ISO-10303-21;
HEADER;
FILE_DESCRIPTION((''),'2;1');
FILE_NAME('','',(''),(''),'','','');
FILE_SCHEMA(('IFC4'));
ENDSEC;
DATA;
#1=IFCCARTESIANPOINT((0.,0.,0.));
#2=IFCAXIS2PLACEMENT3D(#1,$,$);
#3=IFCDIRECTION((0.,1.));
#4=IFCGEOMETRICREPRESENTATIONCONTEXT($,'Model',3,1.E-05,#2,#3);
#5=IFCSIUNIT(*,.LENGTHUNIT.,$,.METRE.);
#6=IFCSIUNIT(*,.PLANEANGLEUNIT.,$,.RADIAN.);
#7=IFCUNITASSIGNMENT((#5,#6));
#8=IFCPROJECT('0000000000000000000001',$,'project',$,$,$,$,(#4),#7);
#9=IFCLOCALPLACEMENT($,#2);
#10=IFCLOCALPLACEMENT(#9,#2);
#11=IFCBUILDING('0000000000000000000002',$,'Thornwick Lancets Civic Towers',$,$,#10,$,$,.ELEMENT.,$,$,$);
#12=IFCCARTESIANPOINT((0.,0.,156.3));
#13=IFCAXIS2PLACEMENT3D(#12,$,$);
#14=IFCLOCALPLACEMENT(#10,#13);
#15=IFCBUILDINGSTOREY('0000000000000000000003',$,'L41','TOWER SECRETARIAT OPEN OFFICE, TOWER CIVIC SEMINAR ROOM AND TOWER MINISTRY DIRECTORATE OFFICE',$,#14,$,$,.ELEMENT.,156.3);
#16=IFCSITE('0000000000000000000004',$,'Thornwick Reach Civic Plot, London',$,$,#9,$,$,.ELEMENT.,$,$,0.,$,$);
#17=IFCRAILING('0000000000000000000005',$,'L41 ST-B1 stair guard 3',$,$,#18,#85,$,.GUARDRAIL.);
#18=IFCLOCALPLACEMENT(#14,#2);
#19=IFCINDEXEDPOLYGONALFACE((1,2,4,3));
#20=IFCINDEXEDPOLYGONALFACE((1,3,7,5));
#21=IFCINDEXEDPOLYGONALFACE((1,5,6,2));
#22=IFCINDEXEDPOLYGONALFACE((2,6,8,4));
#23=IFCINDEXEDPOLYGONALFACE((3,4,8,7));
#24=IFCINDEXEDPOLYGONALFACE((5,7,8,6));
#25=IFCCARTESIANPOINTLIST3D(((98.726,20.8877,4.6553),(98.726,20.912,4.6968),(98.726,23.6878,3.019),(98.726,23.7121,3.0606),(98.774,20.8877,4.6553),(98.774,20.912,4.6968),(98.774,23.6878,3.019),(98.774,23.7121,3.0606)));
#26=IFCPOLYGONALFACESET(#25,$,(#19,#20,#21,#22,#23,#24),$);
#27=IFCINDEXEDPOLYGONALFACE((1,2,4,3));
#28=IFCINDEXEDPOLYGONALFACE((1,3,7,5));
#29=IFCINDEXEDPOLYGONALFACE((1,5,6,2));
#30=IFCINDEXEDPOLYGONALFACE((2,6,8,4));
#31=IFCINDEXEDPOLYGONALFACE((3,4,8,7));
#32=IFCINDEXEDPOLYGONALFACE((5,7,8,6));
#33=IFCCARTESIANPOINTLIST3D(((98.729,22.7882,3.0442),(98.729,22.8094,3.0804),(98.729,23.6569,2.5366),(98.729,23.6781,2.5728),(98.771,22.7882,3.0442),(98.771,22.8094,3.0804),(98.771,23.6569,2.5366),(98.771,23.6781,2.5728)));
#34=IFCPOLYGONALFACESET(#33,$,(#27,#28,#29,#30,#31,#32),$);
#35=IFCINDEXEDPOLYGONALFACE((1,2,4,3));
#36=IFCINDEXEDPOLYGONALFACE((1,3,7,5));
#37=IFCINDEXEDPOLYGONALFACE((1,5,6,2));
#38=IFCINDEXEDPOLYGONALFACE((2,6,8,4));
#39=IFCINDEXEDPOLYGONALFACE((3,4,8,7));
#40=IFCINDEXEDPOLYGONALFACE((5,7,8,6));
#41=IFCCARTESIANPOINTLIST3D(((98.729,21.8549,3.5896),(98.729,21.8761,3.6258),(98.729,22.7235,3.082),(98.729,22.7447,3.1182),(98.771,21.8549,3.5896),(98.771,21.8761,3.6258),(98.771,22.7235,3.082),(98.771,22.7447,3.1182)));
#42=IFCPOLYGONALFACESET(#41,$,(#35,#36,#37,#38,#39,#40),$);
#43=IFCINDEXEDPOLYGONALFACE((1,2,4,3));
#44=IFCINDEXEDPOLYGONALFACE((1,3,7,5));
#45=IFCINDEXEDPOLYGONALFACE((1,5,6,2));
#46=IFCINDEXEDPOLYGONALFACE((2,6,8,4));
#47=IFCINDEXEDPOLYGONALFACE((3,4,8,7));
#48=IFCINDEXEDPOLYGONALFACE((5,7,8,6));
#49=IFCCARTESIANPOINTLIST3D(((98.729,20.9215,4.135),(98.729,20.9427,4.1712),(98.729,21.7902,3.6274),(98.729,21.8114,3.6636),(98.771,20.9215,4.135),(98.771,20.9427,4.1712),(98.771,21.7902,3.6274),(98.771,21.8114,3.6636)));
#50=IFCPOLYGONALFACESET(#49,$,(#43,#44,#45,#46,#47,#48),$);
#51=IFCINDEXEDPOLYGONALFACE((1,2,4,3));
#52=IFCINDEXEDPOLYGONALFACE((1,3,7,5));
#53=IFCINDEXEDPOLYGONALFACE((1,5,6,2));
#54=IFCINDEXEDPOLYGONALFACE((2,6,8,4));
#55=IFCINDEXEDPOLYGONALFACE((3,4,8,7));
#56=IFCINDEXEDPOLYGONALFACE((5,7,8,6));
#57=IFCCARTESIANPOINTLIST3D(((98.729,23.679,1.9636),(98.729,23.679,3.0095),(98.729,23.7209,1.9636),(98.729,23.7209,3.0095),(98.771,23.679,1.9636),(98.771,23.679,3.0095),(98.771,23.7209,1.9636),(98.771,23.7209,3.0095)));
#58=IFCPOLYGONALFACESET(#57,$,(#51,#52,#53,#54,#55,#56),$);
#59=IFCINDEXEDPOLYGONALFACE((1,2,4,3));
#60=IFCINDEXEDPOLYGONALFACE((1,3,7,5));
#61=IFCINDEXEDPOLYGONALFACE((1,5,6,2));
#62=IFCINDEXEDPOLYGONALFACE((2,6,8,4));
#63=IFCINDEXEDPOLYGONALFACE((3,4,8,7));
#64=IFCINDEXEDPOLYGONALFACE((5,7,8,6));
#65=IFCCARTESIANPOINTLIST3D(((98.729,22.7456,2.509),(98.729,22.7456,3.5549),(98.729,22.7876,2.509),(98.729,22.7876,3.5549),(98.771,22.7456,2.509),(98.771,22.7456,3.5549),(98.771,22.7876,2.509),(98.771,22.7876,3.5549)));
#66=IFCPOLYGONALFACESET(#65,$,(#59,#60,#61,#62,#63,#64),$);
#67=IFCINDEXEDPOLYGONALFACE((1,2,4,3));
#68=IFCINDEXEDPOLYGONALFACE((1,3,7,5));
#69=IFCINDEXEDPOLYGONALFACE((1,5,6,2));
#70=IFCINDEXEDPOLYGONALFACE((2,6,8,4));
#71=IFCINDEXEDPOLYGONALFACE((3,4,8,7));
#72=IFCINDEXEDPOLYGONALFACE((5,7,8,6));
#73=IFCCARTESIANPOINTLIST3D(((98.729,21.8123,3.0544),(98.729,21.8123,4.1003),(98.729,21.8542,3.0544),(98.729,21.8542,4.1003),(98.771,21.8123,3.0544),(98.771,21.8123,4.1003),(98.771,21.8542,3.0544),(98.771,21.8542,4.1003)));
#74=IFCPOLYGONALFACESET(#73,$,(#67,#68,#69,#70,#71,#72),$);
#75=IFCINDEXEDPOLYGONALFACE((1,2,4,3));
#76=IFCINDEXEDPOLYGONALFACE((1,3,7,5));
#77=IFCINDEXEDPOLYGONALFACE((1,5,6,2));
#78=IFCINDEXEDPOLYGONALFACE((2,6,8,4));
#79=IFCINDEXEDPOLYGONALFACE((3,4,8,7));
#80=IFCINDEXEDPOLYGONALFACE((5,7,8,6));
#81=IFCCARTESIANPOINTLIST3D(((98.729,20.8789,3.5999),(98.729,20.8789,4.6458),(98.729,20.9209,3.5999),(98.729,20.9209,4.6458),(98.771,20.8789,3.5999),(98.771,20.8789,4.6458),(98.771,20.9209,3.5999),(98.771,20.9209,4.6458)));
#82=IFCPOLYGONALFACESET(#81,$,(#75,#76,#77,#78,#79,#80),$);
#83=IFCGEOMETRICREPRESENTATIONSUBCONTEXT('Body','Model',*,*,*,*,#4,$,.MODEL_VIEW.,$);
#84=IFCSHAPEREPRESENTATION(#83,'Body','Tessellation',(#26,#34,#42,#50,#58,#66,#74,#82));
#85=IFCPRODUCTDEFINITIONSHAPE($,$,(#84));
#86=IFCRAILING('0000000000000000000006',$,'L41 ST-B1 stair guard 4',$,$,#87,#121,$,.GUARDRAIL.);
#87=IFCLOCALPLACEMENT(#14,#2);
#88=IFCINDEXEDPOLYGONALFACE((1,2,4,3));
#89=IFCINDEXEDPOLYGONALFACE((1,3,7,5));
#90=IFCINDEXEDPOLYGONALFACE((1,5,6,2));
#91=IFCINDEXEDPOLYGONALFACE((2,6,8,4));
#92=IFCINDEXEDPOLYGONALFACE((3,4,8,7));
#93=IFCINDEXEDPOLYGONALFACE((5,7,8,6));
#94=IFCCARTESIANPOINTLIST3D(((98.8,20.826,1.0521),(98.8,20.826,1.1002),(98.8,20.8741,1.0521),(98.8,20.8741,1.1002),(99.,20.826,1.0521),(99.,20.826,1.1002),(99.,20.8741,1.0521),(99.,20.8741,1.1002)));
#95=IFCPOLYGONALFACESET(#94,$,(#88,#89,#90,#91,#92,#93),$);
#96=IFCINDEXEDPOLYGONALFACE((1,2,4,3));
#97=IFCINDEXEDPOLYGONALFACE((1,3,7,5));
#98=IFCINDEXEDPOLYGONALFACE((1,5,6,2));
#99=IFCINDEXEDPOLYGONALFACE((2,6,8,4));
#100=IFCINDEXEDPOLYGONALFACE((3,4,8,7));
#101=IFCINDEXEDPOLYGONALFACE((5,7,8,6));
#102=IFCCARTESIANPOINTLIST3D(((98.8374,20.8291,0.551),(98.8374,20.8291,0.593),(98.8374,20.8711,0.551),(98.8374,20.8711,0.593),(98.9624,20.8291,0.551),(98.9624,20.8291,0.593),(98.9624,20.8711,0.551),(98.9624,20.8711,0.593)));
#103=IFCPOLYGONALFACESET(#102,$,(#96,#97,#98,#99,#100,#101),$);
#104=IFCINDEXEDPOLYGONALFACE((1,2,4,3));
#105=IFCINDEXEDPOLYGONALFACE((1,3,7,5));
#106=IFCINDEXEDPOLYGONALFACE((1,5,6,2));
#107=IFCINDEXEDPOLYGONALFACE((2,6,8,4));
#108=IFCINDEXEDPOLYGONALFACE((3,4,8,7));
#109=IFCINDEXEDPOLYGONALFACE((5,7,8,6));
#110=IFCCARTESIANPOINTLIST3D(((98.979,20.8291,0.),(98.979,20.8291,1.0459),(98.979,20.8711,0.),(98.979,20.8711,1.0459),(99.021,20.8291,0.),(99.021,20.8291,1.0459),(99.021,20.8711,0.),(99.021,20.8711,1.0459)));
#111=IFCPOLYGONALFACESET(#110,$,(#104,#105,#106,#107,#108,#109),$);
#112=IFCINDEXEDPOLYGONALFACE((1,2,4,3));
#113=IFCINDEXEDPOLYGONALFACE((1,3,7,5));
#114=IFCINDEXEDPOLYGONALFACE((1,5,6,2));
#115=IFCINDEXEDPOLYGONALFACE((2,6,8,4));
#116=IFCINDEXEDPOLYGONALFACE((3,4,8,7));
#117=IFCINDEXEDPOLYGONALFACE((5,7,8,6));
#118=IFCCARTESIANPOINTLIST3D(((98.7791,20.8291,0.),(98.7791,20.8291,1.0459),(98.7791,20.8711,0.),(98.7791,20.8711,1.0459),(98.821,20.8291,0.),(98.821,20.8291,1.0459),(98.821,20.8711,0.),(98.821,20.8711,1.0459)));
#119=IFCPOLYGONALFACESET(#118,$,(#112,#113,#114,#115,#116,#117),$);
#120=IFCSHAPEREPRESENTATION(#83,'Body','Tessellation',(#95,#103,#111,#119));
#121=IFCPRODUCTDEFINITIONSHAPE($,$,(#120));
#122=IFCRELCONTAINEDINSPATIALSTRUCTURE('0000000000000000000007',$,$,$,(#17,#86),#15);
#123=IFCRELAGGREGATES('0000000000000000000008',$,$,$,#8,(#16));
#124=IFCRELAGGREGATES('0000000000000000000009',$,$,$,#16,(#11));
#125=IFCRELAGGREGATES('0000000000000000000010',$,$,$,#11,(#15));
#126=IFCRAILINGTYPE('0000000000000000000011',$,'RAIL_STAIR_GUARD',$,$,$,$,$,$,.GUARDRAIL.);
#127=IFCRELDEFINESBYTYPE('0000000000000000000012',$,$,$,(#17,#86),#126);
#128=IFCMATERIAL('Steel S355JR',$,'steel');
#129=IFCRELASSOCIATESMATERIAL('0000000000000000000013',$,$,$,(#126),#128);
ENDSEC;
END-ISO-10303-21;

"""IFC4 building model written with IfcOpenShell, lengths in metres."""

from ifc_helpers import new_model, si_unit, direction, frame, origin, origin_2d, place, context, subcontext, project, spatial, rectangle, extrude, material, type_object, element, save


model = new_model("IFC4")

# Units and contexts
model_context = context("Model", 3, precision=1e-05, world=origin(), true_north=direction((0.0, 1.0)))
body_context = subcontext(model_context, "Body", "Model", "MODEL_VIEW")
ifc_project = project(units=[si_unit("LENGTHUNIT", "METRE"), si_unit("PLANEANGLEUNIT", "RADIAN")], contexts=[model_context])

# Site, building, storey
site_placement = place(None, origin())
site = spatial("IfcSite", under=ifc_project, at=site_placement, Name="Thornwick Reach Civic Plot, London", CompositionType="ELEMENT", RefElevation=0.0)
building_placement = place(site_placement, origin())
building = spatial("IfcBuilding", under=site, at=building_placement, Name="Thornwick Lancets Civic Towers", CompositionType="ELEMENT")
storey_placement = place(building_placement, frame((0.0, 0.0, 156.3)))
storey = spatial("IfcBuildingStorey", under=building, at=storey_placement, Name="L41", Description="TOWER SECRETARIAT OPEN OFFICE, TOWER CIVIC SEMINAR ROOM AND TOWER MINISTRY DIRECTORATE OFFICE", CompositionType="ELEMENT", Elevation=156.3)

# Shared definitions
ifc_material_1 = material(Name="Steel S355JR", Category="steel")

# Railings
railing_type_1 = type_object("IfcRailingType", Name="RAIL_STAIR_GUARD", PredefinedType="GUARDRAIL", material=ifc_material_1)
railing_1_placement = place(storey_placement, frame((98.75, 23.7, 1.9636)))
element("IfcRailing", 1, at=railing_1_placement, inside=storey, type_object=railing_type_1, Name="L41 ST-B1 stair guard 3", PredefinedType="GUARDRAIL", context=body_context, shape_type="SweptSolid", body=[
    extrude(rectangle(XDim=0.0481, YDim=0.0481, at=origin_2d()), frame((0.0, 0.0, 1.0762), z_axis=(0.0, -0.863394, 0.504531), x_axis=(1.0, 0.0, 0.0)), (0.0, 0.0, 1.0), 3.2432),
    extrude(rectangle(XDim=0.042, YDim=0.042, at=origin_2d()), frame((0.0, -0.0325, 0.5911), z_axis=(0.0, -0.863394, 0.504531), x_axis=(1.0, 0.0, 0.0)), (0.0, 0.0, 1.0), 1.0061),
    extrude(rectangle(XDim=0.042, YDim=0.042, at=origin_2d()), frame((0.0, -0.9658, 1.1365), z_axis=(0.0, -0.863394, 0.504531), x_axis=(1.0, 0.0, 0.0)), (0.0, 0.0, 1.0), 1.0061),
    extrude(rectangle(XDim=0.042, YDim=0.042, at=origin_2d()), frame((0.0, -1.8992, 1.6819), z_axis=(0.0, -0.863394, 0.504531), x_axis=(1.0, 0.0, 0.0)), (0.0, 0.0, 1.0), 1.0061),
    extrude(rectangle(XDim=0.042, YDim=0.042, at=origin_2d()), origin(), (0.0, 0.0, 1.0), 1.0459),
    extrude(rectangle(XDim=0.042, YDim=0.042, at=origin_2d()), frame((0.0, -0.9333, 0.5454)), (0.0, 0.0, 1.0), 1.0459),
    extrude(rectangle(XDim=0.042, YDim=0.042, at=origin_2d()), frame((0.0, -1.8667, 1.0908)), (0.0, 0.0, 1.0), 1.0459),
    extrude(rectangle(XDim=0.042, YDim=0.042, at=origin_2d()), frame((0.0, -2.8, 1.6362)), (0.0, 0.0, 1.0), 1.0459),
])
railing_2_placement = place(storey_placement, frame((99.0, 20.8501, 0.0)))
element("IfcRailing", 2, at=railing_2_placement, inside=storey, type_object=railing_type_1, Name="L41 ST-B1 stair guard 4", PredefinedType="GUARDRAIL", context=body_context, shape_type="SweptSolid", body=[
    extrude(rectangle(XDim=0.0481, YDim=0.0481, at=origin_2d()), frame((0.0, 0.0, 1.0762), z_axis=(-1.0, 0.0, 0.0), x_axis=(0.0, -1.0, 0.0)), (0.0, 0.0, 1.0), 0.2),
    extrude(rectangle(XDim=0.042, YDim=0.042, at=origin_2d()), frame((-0.0376, 0.0, 0.572), z_axis=(-1.0, 0.0, 0.0), x_axis=(0.0, -1.0, 0.0)), (0.0, 0.0, 1.0), 0.125),
    extrude(rectangle(XDim=0.042, YDim=0.042, at=origin_2d()), origin(), (0.0, 0.0, 1.0), 1.0459),
    extrude(rectangle(XDim=0.042, YDim=0.042, at=origin_2d()), frame((-0.2, 0.0, 0.0)), (0.0, 0.0, 1.0), 1.0459),
])

save(model, "model.ifc")
